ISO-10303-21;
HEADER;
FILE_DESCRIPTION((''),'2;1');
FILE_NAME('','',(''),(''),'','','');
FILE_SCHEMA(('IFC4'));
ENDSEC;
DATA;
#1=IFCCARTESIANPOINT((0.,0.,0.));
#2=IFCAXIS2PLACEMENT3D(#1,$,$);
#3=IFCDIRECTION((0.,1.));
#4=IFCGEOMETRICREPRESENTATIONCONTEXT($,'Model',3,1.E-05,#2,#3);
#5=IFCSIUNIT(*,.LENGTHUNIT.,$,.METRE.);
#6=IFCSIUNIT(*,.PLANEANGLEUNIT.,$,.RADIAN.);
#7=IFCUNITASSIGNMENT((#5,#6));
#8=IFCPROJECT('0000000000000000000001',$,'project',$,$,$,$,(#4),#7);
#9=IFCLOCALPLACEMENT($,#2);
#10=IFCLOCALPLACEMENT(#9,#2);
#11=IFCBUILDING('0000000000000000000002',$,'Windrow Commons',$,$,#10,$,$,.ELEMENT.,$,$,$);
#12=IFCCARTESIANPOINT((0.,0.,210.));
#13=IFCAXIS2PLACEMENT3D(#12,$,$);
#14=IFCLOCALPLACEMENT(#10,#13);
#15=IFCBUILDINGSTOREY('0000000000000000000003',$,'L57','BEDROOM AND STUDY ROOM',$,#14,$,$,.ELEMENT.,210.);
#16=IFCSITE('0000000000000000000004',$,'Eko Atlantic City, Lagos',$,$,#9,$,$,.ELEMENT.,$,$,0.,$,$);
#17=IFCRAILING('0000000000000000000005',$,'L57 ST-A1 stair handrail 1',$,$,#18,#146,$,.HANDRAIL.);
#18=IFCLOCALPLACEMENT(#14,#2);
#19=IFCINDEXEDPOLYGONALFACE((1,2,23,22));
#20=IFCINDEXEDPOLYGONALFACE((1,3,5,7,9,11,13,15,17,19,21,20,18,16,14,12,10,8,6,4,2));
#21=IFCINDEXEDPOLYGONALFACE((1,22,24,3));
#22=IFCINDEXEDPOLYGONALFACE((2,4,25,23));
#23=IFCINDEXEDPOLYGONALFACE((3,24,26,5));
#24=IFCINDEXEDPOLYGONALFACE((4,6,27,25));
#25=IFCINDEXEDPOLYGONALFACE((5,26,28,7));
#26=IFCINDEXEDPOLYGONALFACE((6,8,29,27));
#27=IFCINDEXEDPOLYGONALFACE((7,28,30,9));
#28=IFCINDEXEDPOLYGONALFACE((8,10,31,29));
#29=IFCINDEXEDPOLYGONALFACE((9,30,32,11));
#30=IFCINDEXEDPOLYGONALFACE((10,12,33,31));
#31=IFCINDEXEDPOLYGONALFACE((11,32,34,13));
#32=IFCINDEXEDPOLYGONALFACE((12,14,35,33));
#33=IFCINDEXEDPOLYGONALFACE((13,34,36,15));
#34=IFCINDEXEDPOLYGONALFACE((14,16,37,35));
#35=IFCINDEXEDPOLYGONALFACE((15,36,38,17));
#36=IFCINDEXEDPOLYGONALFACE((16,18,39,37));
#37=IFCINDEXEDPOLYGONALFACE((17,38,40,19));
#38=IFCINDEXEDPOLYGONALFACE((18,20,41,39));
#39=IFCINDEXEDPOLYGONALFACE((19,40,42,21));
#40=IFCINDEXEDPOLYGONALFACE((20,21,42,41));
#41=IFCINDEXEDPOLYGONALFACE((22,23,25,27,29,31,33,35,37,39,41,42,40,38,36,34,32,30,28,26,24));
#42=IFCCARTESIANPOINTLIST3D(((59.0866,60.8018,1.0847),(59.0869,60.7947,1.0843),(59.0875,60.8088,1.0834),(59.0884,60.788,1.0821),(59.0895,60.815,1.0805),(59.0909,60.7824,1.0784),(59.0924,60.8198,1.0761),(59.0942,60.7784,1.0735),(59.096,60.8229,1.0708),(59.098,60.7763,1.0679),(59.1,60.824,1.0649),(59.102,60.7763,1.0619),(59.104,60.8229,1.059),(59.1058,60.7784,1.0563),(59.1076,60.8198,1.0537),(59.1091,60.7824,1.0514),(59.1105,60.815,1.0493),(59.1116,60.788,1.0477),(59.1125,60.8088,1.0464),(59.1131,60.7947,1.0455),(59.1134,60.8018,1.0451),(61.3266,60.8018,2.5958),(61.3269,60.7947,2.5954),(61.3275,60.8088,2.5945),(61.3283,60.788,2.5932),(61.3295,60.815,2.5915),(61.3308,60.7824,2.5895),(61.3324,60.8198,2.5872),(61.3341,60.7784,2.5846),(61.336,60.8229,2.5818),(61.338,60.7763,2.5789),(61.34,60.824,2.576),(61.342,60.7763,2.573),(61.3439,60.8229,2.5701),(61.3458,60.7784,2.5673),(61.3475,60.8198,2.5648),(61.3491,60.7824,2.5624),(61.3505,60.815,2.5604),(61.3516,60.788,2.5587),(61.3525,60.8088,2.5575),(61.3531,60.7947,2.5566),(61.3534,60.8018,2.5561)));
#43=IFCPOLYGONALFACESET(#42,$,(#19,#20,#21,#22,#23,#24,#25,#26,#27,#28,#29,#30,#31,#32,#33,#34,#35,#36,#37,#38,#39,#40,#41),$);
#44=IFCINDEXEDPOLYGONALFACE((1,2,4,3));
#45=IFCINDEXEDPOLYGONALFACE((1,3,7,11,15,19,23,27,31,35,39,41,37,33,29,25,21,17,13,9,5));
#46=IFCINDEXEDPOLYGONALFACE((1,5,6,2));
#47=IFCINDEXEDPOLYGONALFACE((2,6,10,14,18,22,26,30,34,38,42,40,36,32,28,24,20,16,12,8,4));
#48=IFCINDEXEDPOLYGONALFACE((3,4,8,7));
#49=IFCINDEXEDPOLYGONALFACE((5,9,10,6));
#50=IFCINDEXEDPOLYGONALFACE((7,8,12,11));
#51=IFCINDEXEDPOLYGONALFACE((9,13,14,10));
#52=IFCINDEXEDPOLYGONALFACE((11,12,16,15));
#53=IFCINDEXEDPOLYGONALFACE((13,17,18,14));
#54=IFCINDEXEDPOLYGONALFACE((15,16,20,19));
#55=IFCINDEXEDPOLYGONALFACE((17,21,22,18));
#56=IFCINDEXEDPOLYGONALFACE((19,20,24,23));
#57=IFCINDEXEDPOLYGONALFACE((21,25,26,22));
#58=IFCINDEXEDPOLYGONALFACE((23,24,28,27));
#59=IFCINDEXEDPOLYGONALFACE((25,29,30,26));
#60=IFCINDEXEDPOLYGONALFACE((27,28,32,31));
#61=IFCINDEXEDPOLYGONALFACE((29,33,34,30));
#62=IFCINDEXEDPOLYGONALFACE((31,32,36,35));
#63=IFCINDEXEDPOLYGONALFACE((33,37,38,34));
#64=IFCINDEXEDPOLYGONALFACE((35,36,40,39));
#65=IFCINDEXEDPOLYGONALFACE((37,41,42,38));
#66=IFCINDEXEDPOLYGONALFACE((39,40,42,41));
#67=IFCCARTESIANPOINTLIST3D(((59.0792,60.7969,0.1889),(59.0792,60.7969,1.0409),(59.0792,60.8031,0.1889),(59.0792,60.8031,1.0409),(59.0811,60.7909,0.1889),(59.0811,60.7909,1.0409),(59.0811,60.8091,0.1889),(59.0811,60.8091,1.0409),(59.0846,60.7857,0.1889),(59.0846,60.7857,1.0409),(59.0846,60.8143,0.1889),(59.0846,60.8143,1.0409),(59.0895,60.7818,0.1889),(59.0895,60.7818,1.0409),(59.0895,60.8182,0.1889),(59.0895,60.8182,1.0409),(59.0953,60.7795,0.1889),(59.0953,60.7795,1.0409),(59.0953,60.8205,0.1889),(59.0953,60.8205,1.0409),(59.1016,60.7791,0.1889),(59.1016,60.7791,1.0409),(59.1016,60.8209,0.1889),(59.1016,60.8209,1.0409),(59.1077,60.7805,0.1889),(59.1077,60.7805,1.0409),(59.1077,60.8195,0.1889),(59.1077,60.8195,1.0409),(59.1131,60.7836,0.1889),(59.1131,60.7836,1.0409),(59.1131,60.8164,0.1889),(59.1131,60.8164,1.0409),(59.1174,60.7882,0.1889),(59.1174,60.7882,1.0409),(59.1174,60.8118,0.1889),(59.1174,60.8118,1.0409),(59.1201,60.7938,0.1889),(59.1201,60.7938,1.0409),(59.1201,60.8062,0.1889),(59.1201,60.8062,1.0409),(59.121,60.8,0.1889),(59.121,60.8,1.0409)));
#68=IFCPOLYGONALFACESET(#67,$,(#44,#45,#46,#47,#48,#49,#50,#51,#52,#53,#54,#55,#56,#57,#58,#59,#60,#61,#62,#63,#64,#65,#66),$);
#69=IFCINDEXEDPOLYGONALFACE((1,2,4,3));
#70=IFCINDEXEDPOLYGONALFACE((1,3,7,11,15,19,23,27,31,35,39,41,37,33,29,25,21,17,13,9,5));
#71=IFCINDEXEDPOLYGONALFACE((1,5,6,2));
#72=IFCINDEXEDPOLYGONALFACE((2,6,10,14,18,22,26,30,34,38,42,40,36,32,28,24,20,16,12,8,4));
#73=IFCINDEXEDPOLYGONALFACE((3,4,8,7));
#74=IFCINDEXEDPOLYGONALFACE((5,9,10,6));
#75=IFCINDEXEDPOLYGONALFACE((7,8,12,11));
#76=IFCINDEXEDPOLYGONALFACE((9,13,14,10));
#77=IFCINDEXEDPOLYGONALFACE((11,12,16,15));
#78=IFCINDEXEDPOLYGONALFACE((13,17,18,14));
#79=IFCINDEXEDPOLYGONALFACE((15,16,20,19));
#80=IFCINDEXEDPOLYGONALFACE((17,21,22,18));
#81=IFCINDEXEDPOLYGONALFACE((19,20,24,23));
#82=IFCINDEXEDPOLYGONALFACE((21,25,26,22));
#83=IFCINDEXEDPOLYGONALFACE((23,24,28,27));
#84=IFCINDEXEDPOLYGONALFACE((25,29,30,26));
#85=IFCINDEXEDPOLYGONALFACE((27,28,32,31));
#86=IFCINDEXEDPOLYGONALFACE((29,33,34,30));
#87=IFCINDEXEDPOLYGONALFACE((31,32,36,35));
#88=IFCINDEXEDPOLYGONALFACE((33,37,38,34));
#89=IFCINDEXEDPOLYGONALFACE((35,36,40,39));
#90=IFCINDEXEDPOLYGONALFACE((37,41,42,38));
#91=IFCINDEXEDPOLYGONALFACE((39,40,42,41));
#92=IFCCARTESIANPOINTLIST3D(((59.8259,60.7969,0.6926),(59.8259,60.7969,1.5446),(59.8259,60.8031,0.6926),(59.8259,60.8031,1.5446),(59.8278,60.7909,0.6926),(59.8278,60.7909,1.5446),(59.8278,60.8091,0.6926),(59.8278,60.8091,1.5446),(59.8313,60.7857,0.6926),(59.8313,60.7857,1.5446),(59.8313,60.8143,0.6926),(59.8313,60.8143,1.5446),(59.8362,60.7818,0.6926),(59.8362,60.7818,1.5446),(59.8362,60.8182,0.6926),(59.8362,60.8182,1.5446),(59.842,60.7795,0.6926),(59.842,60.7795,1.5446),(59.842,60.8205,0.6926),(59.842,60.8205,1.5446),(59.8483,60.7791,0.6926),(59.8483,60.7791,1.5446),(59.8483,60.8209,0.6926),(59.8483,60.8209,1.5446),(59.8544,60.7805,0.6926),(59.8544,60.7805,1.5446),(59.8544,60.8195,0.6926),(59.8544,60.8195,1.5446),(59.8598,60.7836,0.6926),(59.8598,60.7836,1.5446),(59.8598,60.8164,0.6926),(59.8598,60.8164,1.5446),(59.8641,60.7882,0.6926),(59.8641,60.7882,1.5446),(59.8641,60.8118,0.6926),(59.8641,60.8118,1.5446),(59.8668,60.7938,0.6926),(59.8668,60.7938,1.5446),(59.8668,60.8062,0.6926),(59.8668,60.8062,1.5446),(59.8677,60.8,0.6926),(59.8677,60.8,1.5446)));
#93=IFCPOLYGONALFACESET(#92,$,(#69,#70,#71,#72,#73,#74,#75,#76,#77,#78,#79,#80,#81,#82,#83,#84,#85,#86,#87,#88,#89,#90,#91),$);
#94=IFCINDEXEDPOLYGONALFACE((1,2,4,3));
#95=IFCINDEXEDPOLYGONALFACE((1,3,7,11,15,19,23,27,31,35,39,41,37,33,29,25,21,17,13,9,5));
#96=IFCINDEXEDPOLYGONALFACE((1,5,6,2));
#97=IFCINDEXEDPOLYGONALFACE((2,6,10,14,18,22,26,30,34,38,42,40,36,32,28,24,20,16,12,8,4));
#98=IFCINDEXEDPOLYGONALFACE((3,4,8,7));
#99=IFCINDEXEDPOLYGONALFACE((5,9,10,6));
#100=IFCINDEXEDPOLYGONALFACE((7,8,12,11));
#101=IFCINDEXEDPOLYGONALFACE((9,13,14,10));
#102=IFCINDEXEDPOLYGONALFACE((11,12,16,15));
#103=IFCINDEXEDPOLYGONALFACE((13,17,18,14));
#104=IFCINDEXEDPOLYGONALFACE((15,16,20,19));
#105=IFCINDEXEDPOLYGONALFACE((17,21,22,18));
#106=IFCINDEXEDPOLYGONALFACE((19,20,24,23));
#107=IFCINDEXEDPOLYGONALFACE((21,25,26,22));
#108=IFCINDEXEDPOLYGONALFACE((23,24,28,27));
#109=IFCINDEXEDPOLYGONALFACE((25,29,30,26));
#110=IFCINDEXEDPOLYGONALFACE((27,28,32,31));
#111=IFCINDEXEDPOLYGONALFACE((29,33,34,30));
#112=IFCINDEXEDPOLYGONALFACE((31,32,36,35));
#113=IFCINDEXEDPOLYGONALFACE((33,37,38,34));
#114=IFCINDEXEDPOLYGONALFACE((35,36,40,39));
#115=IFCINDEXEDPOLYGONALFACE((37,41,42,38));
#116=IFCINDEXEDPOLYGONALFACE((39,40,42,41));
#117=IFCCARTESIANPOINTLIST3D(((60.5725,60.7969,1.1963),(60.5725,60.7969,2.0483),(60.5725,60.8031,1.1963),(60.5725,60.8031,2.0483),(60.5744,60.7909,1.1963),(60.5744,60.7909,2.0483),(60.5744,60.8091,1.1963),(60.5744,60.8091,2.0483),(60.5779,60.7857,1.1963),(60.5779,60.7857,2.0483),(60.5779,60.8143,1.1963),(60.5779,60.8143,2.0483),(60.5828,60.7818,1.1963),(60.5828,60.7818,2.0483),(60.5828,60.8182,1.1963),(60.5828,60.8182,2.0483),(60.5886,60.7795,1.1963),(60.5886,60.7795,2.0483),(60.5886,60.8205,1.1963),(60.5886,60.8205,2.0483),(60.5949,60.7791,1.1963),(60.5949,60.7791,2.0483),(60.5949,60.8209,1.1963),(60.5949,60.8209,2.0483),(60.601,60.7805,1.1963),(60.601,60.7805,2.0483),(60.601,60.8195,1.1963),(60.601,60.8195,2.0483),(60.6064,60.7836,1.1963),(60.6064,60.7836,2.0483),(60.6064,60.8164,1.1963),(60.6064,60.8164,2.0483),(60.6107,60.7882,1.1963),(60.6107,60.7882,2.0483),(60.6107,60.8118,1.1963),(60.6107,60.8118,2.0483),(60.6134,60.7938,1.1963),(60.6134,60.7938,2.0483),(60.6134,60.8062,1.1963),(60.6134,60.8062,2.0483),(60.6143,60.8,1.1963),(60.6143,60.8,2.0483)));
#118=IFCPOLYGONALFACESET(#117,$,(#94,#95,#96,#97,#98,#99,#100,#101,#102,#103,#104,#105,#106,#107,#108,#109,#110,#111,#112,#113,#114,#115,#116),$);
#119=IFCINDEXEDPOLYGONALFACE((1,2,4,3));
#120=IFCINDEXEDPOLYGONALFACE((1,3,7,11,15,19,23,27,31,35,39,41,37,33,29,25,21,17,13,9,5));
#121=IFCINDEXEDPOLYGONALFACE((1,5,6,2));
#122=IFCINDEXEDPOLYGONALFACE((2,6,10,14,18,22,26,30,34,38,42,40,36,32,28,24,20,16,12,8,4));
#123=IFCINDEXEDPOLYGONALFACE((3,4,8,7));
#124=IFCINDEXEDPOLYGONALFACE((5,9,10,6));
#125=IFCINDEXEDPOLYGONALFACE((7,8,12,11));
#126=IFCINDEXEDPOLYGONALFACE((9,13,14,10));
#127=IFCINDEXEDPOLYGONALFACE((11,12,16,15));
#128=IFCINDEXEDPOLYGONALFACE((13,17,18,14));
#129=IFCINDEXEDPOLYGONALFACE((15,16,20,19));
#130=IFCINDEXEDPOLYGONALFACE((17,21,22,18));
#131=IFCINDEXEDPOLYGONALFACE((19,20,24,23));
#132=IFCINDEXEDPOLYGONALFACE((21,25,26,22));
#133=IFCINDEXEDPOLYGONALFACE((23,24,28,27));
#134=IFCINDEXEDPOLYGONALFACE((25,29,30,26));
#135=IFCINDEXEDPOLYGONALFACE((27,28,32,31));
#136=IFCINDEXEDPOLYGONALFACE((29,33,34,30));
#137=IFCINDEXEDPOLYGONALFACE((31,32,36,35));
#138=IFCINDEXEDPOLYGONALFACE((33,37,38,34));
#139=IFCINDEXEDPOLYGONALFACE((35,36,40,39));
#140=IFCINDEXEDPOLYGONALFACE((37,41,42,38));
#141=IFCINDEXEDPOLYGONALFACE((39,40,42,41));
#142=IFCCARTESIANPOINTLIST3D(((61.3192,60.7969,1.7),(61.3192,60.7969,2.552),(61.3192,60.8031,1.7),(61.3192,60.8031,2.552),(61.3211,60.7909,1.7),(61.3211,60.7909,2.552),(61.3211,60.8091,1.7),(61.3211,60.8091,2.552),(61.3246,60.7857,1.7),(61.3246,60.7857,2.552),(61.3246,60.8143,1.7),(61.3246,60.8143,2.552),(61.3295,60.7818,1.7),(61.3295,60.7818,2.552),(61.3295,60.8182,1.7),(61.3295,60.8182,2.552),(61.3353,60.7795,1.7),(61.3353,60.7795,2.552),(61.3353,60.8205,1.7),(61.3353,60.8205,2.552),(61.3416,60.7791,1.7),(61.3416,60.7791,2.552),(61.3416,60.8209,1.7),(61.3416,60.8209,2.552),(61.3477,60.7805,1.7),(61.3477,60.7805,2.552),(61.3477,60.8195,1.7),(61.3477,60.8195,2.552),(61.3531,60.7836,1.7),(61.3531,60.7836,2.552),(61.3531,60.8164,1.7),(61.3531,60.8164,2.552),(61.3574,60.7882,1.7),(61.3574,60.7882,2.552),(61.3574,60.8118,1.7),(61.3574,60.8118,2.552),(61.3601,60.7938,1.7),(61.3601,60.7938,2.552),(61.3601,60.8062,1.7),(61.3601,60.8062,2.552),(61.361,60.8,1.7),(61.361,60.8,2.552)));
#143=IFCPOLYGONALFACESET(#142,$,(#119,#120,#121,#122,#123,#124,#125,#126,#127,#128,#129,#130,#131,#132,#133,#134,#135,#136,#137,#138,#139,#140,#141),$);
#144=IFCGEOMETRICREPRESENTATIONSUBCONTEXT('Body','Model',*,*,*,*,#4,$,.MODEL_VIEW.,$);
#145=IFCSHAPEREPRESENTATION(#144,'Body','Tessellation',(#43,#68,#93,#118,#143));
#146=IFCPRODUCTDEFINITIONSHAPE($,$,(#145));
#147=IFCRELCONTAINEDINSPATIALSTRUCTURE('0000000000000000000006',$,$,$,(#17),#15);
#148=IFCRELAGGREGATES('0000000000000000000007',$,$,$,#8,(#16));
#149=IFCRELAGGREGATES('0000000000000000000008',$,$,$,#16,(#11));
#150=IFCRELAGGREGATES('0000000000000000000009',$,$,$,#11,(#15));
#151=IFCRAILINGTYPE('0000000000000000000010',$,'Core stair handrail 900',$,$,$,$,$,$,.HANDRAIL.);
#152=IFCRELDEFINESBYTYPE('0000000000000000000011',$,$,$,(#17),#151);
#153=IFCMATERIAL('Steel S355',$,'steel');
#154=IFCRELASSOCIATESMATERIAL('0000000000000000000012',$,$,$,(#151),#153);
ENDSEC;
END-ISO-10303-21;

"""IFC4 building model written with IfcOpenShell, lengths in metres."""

from ifc_helpers import new_model, si_unit, direction, frame, origin, origin_2d, place, context, subcontext, project, spatial, circle, extrude, material, type_object, element, save


model = new_model("IFC4")

# Units and contexts
model_context = context("Model", 3, precision=1e-05, world=origin(), true_north=direction((0.0, 1.0)))
body_context = subcontext(model_context, "Body", "Model", "MODEL_VIEW")
ifc_project = project(units=[si_unit("LENGTHUNIT", "METRE"), si_unit("PLANEANGLEUNIT", "RADIAN")], contexts=[model_context])

# Site, building, storey
site_placement = place(None, origin())
site = spatial("IfcSite", under=ifc_project, at=site_placement, Name="Eko Atlantic City, Lagos", CompositionType="ELEMENT", RefElevation=0.0)
building_placement = place(site_placement, origin())
building = spatial("IfcBuilding", under=site, at=building_placement, Name="Windrow Commons", CompositionType="ELEMENT")
storey_placement = place(building_placement, frame((0.0, 0.0, 210.0)))
storey = spatial("IfcBuildingStorey", under=building, at=storey_placement, Name="L57", Description="BEDROOM AND STUDY ROOM", CompositionType="ELEMENT", Elevation=210.0)

# Railing
ifc_material_1 = material(Name="Steel S355", Category="steel")
railing_type_1 = type_object("IfcRailingType", Name="Core stair handrail 900", PredefinedType="HANDRAIL", material=ifc_material_1)
railing_1_placement = place(storey_placement, frame((59.1, 60.8, 0.1889)))
element("IfcRailing", 1, at=railing_1_placement, inside=storey, type_object=railing_type_1, Name="L57 ST-A1 stair handrail 1", PredefinedType="HANDRAIL", context=body_context, shape_type="SweptSolid", body=[
    extrude(circle(Radius=0.024, at=origin_2d()), frame((0.0, 0.0, 0.876), z_axis=(0.829003, 0.0, 0.559244), x_axis=(0.0, 1.0, 0.0)), (0.0, 0.0, 1.0), 2.702),
    extrude(circle(Radius=0.021, at=origin_2d()), origin(), (0.0, 0.0, 1.0), 0.852),
    extrude(circle(Radius=0.021, at=origin_2d()), frame((0.7467, 0.0, 0.5037)), (0.0, 0.0, 1.0), 0.852),
    extrude(circle(Radius=0.021, at=origin_2d()), frame((1.4933, 0.0, 1.0074)), (0.0, 0.0, 1.0), 0.852),
    extrude(circle(Radius=0.021, at=origin_2d()), frame((2.24, 0.0, 1.5111)), (0.0, 0.0, 1.0), 0.852),
])

save(model, "model.ifc")
